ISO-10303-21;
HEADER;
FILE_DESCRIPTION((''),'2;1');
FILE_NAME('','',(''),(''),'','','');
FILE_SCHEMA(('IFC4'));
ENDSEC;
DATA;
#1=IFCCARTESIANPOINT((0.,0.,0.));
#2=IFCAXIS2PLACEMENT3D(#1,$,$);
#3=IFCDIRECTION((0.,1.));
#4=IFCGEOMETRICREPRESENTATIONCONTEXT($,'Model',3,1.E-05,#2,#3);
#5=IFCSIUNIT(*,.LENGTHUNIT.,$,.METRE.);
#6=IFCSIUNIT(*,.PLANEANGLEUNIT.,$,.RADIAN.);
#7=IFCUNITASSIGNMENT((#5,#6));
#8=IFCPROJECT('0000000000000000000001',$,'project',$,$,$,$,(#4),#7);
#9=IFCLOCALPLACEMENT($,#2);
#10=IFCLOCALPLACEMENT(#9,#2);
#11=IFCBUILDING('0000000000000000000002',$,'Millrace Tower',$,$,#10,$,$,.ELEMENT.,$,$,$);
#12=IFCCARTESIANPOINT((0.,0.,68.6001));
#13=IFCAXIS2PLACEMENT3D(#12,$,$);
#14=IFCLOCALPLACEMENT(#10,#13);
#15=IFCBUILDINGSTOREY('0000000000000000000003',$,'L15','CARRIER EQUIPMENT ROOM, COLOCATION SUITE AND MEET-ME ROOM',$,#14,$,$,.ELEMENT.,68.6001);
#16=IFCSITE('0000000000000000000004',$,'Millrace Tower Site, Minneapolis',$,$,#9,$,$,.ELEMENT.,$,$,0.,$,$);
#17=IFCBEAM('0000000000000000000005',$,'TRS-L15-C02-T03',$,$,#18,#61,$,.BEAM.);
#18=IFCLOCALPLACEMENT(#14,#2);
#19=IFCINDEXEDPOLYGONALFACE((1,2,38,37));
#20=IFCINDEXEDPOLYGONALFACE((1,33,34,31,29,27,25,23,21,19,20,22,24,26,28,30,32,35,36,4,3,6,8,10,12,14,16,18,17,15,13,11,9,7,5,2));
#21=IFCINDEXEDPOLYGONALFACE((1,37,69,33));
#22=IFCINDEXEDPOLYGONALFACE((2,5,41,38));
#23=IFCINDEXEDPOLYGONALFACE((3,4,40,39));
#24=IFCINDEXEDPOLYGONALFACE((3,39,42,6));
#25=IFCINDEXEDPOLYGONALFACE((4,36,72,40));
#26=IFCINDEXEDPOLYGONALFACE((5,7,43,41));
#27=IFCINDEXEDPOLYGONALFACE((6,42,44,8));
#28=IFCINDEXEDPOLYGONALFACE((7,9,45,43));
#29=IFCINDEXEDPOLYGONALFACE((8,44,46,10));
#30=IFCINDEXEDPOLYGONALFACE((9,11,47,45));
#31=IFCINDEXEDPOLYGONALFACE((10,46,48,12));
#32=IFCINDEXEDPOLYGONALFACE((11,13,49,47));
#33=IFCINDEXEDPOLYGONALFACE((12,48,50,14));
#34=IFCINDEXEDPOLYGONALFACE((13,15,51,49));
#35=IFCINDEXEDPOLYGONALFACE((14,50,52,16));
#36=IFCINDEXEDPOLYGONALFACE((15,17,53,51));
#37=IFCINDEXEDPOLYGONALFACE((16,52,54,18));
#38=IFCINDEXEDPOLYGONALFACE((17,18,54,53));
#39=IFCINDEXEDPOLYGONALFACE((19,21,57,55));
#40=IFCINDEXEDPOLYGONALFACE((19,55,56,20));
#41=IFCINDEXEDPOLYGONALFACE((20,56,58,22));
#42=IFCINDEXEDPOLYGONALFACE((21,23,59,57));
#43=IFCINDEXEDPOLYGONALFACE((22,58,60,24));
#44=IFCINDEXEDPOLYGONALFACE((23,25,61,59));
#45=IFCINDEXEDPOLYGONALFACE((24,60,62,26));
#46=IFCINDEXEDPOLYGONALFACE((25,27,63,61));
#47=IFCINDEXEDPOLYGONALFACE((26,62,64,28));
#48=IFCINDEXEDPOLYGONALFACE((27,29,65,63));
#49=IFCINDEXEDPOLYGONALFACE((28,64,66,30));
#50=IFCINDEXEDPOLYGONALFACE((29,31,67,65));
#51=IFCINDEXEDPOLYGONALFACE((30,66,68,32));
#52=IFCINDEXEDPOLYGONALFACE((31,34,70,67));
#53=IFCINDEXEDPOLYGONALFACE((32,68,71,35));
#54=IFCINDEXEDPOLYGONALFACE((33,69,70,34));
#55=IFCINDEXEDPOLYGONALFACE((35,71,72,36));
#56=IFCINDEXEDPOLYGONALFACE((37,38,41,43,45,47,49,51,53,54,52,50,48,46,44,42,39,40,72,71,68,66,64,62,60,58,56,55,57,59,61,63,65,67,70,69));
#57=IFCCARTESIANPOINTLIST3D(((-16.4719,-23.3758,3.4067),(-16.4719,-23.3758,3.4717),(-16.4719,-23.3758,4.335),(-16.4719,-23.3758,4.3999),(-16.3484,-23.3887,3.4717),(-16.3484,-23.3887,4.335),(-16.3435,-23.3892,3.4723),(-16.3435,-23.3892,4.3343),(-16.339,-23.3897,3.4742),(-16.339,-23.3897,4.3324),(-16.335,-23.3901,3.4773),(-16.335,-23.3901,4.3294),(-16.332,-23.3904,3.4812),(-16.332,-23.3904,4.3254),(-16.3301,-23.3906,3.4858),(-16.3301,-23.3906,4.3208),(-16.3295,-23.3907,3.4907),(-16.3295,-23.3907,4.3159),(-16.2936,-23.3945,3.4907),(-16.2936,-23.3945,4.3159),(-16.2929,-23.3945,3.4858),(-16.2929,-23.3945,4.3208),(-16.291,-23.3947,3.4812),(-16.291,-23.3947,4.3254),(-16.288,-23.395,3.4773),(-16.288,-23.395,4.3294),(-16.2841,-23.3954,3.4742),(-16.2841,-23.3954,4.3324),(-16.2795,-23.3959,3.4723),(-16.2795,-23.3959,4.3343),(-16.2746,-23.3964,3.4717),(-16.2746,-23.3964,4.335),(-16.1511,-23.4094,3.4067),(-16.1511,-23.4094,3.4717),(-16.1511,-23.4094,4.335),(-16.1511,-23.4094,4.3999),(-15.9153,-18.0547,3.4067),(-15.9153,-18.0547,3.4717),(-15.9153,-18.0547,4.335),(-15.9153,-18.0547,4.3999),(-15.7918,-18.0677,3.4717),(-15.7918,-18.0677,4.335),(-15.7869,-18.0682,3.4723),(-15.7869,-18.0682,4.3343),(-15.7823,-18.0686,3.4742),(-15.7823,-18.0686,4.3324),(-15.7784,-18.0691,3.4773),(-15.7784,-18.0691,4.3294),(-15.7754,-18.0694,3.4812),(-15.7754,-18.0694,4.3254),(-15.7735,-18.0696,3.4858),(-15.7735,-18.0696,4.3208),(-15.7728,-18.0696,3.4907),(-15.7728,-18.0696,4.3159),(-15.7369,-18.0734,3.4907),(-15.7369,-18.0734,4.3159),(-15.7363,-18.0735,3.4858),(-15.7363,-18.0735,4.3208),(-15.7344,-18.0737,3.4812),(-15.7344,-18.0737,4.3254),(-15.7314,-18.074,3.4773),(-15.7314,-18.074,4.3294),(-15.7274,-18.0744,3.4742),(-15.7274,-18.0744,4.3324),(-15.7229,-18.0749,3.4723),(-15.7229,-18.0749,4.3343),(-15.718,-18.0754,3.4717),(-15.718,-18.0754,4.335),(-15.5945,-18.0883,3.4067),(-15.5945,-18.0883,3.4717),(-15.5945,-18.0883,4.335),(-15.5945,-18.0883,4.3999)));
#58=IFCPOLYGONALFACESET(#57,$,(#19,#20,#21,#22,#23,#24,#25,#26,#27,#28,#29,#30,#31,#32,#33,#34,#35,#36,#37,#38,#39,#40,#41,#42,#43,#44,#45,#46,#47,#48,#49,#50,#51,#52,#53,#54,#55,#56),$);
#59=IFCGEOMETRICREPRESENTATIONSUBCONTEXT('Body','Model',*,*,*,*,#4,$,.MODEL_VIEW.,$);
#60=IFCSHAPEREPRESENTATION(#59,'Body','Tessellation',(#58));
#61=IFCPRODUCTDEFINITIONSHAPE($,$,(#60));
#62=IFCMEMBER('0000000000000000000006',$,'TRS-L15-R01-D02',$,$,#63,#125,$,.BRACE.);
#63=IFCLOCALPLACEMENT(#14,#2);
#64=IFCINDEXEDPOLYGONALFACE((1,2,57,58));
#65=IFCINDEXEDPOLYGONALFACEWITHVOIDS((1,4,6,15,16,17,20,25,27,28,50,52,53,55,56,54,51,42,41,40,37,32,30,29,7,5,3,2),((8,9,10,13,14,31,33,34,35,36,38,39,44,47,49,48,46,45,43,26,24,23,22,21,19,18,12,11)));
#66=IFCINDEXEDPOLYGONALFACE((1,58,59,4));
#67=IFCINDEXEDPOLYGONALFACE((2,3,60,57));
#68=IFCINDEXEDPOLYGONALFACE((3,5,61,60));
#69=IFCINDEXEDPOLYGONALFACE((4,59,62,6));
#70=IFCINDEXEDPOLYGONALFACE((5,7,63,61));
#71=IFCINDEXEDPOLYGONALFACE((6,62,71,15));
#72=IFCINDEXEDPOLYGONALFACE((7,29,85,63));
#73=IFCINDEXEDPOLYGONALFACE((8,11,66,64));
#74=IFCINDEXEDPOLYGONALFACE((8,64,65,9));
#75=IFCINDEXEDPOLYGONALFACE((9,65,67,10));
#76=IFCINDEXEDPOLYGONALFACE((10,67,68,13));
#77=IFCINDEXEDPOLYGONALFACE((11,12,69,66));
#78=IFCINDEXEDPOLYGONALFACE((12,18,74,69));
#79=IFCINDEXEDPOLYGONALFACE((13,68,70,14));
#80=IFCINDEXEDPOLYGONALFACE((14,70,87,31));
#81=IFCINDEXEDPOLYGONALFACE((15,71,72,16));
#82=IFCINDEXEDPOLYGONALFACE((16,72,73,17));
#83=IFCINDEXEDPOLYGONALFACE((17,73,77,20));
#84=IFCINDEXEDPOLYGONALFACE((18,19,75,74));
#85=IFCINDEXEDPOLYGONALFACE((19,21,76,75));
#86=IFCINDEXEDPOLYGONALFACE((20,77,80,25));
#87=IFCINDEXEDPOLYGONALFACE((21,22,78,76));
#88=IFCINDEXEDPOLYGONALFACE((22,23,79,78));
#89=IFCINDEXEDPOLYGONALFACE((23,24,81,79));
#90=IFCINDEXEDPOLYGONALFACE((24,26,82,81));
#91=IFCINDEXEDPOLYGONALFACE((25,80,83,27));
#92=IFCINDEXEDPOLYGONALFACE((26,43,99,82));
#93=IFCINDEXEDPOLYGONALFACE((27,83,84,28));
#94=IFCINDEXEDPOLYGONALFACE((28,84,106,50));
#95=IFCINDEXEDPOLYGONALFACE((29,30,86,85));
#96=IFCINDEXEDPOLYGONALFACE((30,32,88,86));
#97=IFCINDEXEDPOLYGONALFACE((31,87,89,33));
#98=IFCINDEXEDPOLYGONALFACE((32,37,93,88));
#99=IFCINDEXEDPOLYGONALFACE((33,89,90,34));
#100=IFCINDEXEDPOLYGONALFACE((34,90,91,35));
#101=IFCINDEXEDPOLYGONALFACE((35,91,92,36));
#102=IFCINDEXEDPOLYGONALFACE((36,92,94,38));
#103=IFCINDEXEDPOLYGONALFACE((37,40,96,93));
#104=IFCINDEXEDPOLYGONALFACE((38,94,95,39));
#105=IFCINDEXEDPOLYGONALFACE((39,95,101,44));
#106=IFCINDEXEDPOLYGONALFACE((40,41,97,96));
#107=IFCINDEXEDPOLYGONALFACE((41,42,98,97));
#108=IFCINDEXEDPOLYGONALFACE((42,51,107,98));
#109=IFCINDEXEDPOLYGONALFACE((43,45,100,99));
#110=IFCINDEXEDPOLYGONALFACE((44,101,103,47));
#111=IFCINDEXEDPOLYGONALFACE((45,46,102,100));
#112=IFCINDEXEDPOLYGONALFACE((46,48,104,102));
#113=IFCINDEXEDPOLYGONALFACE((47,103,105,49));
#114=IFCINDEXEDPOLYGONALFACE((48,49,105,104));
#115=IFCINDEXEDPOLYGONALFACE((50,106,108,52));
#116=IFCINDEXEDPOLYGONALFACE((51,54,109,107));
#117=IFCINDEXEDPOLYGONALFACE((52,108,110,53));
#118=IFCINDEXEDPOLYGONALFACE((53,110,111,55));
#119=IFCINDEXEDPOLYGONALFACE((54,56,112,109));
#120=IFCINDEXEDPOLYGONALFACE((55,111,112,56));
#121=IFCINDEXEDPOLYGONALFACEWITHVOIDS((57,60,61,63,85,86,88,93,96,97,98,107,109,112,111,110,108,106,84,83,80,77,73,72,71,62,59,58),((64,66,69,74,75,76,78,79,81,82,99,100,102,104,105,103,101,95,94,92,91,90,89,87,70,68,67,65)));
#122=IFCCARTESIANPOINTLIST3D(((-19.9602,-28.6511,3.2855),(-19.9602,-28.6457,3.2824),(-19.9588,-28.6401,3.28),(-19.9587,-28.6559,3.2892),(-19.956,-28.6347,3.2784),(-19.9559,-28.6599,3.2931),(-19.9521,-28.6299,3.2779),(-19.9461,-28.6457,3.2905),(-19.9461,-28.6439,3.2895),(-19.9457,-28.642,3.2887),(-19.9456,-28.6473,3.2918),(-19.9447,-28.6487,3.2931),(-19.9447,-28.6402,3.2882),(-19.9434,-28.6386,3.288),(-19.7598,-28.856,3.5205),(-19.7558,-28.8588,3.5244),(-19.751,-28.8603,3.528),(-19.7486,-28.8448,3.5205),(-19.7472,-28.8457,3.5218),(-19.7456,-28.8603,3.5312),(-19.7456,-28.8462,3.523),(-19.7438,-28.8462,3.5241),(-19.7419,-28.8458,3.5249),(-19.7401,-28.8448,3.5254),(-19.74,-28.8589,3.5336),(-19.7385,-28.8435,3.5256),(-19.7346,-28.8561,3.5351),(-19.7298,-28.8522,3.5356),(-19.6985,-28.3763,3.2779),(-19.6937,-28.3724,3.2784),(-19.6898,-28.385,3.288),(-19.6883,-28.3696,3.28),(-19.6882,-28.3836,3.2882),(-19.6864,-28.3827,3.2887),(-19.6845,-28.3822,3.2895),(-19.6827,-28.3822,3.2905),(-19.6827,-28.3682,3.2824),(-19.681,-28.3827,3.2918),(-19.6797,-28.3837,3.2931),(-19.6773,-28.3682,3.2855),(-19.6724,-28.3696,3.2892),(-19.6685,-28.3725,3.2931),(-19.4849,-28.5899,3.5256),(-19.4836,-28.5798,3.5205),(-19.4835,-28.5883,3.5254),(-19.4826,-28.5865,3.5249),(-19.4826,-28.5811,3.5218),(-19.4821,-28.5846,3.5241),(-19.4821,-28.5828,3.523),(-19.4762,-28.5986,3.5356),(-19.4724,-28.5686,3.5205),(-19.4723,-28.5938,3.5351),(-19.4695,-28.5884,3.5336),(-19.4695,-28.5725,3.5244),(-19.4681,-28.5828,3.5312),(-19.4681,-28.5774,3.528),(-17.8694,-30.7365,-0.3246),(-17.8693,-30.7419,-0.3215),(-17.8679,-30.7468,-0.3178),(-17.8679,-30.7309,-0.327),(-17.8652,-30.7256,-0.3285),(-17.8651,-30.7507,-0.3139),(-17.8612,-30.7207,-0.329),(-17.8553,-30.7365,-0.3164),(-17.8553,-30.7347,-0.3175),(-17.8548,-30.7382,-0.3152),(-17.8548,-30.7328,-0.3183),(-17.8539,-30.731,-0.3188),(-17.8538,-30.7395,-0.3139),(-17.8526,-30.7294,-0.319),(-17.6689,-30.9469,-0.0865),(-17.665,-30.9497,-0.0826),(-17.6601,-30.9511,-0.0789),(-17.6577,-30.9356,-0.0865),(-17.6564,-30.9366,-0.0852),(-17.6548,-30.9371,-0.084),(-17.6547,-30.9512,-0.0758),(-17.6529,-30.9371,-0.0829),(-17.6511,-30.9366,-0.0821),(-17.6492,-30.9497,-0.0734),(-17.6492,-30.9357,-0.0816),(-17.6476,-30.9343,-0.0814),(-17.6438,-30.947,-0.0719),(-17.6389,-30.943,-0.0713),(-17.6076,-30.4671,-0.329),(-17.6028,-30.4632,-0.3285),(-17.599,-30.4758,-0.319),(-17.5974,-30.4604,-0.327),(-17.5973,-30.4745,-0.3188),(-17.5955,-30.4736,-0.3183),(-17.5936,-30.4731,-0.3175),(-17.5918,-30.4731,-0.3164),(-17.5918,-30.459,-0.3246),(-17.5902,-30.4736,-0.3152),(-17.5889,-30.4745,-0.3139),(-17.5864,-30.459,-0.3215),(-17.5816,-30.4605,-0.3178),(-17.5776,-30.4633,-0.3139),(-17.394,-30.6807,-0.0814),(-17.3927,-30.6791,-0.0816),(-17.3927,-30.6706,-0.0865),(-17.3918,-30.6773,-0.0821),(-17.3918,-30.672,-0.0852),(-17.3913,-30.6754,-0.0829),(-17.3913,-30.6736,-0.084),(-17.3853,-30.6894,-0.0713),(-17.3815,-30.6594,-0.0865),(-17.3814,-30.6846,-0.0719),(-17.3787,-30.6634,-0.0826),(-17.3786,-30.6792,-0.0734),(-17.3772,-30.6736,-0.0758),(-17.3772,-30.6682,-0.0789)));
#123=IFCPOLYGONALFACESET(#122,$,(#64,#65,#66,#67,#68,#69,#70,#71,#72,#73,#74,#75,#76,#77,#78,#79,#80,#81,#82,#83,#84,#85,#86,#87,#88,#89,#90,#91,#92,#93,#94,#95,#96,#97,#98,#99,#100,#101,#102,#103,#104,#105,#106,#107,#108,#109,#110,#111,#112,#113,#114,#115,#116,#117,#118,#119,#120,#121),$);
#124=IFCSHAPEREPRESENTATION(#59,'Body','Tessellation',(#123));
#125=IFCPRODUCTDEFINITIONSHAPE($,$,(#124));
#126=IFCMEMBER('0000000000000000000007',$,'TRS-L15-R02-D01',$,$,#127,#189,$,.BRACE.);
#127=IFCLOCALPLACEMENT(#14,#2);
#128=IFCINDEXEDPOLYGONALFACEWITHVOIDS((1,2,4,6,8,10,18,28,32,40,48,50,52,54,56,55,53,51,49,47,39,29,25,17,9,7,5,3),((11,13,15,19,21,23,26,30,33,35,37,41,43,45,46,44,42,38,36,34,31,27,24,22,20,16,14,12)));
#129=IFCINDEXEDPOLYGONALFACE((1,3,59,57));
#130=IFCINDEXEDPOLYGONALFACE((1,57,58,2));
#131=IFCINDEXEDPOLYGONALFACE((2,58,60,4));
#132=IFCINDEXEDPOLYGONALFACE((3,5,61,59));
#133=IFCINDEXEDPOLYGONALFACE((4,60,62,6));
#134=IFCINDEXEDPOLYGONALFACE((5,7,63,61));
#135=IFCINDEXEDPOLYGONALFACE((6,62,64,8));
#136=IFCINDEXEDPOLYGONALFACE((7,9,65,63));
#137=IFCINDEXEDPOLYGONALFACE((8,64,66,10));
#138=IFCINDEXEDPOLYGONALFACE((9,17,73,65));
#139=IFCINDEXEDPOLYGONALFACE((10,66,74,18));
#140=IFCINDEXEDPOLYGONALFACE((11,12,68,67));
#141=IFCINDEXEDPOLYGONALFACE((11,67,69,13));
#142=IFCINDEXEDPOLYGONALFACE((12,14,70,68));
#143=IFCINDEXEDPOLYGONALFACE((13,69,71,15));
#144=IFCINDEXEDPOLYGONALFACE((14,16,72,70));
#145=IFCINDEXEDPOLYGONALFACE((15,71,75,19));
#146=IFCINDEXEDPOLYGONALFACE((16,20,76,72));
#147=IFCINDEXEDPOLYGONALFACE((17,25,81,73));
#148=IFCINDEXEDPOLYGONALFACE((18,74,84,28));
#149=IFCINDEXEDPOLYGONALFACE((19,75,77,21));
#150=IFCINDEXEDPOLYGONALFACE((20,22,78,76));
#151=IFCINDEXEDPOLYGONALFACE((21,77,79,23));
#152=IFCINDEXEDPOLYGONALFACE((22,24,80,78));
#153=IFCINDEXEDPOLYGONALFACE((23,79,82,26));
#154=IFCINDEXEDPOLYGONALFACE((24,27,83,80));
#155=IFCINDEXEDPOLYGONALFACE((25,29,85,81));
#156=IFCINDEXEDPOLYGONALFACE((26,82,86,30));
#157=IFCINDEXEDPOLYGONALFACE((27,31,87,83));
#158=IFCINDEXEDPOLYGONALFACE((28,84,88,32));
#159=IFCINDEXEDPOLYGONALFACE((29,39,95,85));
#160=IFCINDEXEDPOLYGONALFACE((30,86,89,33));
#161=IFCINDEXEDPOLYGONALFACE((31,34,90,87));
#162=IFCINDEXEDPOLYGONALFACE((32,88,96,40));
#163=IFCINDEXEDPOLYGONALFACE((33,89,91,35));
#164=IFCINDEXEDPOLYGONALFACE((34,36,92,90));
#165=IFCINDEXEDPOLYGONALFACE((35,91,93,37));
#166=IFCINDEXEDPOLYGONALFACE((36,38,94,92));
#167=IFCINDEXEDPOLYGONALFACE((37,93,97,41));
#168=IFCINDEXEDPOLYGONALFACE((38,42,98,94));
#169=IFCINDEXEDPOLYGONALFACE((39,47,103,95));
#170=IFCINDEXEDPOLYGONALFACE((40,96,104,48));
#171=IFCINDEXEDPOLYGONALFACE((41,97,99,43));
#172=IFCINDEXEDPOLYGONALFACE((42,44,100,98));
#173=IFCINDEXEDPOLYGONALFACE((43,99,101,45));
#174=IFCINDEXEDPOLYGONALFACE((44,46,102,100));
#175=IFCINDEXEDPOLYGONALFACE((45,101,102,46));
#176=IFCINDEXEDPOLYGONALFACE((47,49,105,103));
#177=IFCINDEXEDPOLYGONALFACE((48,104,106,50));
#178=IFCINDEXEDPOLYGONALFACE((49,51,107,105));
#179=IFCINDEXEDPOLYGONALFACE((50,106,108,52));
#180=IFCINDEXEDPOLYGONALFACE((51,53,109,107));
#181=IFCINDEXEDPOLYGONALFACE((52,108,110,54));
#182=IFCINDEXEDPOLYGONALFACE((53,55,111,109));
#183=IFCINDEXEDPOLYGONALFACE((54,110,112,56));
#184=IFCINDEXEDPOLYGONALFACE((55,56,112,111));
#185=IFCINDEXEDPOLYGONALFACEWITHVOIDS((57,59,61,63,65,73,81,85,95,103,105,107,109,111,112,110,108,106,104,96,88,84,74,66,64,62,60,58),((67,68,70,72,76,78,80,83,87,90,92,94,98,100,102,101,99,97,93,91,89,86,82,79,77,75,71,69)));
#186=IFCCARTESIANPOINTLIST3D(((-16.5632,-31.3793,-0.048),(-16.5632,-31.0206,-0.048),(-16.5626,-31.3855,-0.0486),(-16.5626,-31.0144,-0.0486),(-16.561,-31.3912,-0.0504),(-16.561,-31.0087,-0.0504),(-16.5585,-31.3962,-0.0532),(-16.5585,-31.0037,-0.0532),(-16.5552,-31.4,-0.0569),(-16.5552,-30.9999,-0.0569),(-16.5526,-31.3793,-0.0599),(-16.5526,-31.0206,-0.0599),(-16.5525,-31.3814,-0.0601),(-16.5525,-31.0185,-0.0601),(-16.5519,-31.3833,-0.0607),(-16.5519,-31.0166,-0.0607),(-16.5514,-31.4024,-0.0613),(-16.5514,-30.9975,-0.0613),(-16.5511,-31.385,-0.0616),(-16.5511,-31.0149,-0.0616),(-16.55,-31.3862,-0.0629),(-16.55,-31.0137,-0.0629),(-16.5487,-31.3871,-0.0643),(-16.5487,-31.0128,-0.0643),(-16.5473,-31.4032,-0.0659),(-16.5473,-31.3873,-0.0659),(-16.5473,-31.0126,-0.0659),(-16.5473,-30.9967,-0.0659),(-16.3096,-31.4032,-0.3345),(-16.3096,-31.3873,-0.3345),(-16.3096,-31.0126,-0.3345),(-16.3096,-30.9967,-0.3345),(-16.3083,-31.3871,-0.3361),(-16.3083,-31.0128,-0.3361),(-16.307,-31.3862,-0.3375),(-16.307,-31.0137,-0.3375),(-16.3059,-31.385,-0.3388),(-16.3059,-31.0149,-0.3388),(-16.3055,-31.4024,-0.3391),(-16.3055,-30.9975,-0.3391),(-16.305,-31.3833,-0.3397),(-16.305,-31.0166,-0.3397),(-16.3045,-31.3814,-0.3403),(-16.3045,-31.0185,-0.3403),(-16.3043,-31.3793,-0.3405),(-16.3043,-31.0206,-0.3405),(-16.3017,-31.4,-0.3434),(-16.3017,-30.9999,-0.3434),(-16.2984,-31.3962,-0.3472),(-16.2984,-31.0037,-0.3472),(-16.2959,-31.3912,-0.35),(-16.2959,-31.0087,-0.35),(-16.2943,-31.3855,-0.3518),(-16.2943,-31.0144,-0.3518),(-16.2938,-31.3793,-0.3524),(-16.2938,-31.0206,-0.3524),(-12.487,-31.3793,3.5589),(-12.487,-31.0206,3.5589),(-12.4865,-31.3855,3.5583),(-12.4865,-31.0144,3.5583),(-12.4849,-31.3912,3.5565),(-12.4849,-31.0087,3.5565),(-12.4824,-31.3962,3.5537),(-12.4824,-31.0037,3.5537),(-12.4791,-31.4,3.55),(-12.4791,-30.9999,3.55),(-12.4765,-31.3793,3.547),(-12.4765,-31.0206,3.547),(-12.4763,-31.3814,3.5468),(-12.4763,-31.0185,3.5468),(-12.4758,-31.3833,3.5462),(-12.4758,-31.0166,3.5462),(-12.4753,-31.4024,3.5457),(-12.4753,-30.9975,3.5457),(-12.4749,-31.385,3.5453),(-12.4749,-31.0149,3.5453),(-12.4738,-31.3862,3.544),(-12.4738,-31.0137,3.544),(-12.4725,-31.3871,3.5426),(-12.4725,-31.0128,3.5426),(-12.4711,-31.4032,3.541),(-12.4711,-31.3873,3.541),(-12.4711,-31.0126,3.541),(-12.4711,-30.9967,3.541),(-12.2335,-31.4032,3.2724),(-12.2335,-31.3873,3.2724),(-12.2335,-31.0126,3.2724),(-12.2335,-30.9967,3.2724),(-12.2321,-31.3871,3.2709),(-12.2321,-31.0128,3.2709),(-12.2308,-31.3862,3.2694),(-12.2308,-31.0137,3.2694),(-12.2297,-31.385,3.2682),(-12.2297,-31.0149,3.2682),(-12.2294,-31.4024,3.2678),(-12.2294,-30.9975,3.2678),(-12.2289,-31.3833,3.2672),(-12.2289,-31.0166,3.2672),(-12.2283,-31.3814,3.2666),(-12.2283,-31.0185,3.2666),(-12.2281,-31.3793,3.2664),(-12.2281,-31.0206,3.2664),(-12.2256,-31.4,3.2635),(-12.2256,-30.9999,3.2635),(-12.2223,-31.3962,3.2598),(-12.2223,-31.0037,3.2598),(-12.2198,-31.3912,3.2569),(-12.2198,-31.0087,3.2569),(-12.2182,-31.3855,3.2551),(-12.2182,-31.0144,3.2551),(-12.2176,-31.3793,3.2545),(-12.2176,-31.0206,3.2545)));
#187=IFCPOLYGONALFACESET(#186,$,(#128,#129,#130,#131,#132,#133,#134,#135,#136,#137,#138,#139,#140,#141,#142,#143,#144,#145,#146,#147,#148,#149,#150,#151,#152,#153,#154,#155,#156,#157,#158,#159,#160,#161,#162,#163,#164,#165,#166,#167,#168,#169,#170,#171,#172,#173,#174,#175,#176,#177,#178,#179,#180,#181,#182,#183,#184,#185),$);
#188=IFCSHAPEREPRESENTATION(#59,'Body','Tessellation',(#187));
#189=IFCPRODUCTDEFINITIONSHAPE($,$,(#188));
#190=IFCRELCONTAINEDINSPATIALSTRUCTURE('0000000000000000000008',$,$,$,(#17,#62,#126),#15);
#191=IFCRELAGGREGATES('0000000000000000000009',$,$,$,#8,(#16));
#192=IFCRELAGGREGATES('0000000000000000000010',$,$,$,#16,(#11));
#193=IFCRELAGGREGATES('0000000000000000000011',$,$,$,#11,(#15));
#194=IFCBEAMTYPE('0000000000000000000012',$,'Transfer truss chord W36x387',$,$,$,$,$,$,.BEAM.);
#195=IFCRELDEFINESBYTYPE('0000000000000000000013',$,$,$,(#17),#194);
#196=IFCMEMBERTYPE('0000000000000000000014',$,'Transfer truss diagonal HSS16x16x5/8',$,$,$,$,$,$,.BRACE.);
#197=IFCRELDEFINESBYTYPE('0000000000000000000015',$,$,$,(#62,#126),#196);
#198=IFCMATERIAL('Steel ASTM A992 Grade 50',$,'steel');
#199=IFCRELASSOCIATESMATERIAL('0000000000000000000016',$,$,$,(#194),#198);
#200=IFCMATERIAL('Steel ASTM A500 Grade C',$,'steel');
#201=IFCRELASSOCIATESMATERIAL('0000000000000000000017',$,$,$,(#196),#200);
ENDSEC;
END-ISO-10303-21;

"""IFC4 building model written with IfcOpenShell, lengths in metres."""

from ifc_helpers import new_model, si_unit, direction, frame, origin, origin_2d, place, context, subcontext, project, spatial, hollow_rectangle, i_section, extrude, material, material_profile, profile_set, type_object, element, save


model = new_model("IFC4")

# Units and contexts
model_context = context("Model", 3, precision=1e-05, world=origin(), true_north=direction((0.0, 1.0)))
body_context = subcontext(model_context, "Body", "Model", "MODEL_VIEW")
ifc_project = project(units=[si_unit("LENGTHUNIT", "METRE"), si_unit("PLANEANGLEUNIT", "RADIAN")], contexts=[model_context])

# Site, building, storey
site_placement = place(None, origin())
site = spatial("IfcSite", under=ifc_project, at=site_placement, Name="Millrace Tower Site, Minneapolis", CompositionType="ELEMENT", RefElevation=0.0)
building_placement = place(site_placement, origin())
building = spatial("IfcBuilding", under=site, at=building_placement, Name="Millrace Tower", CompositionType="ELEMENT")
storey_placement = place(building_placement, frame((0.0, 0.0, 68.6001)))
storey = spatial("IfcBuildingStorey", under=building, at=storey_placement, Name="L15", Description="CARRIER EQUIPMENT ROOM, COLOCATION SUITE AND MEET-ME ROOM", CompositionType="ELEMENT", Elevation=68.6001)

# Beam
ifc_material_1 = material(Name="Steel ASTM A992 Grade 50", Category="steel")
ifc_material_profile_1 = material_profile(ifc_material_1, i_section(OverallWidth=0.3225, OverallDepth=0.9932, WebThickness=0.0361, FlangeThickness=0.0649, FilletRadius=0.019, at=origin_2d()))
ifc_profile_set_1 = profile_set([ifc_material_profile_1], Name="Steel ASTM A992 Grade 50")
beam_type_1 = type_object("IfcBeamType", Name="Transfer truss chord W36x387", PredefinedType="BEAM", material=ifc_profile_set_1)
for number, where, z_axis, x_axis, name in (
    (1, (-16.3115, -23.3926, 3.9033), (0.104043, 0.994573, 0.0), (-0.994573, 0.104043, 0.0), "TRS-L15-C02-T03"),
):
    element("IfcBeam", number, at=place(storey_placement, frame(where, z_axis=z_axis, x_axis=x_axis)), inside=storey, type_object=beam_type_1, Name=name, PredefinedType="BEAM", context=body_context, shape_type="SweptSolid", body=[
        extrude(i_section(OverallWidth=0.3225, OverallDepth=0.9932, WebThickness=0.0361, FlangeThickness=0.0649, FilletRadius=0.019, at=origin_2d()), origin(), (0.0, 0.0, 1.0), 5.3501),
    ])

# Members
ifc_material_2 = material(Name="Steel ASTM A500 Grade C", Category="steel")
ifc_material_profile_2 = material_profile(ifc_material_2, hollow_rectangle(XDim=0.4065, YDim=0.4065, WallThickness=0.0159, InnerFilletRadius=0.0081, OuterFilletRadius=0.0239, at=origin_2d()))
ifc_profile_set_2 = profile_set([ifc_material_profile_2], Name="Steel ASTM A500 Grade C")
member_type_1 = type_object("IfcMemberType", Name="Transfer truss diagonal HSS16x16x5/8", PredefinedType="BRACE", material=ifc_profile_set_2)
member_1_placement = place(storey_placement, frame((-17.6233, -30.7051, -0.2002), z_axis=(-0.448288, 0.448288, 0.773354), x_axis=(-0.707107, -0.707107, 0.0)))
element("IfcMember", 2, at=member_1_placement, inside=storey, type_object=member_type_1, Name="TRS-L15-R01-D02", PredefinedType="BRACE", context=body_context, shape_type="SweptSolid", body=[
    extrude(hollow_rectangle(XDim=0.4065, YDim=0.4065, WallThickness=0.0159, InnerFilletRadius=0.0081, OuterFilletRadius=0.0239, at=origin_2d()), origin(), (0.0, 0.0, 1.0), 4.6641),
])
member_2_placement = place(storey_placement, frame((-16.4285, -31.2, -0.2002), z_axis=(0.748897, 0.0, 0.662686), x_axis=(0.0, 1.0, 0.0)))
element("IfcMember", 3, at=member_2_placement, inside=storey, type_object=member_type_1, Name="TRS-L15-R02-D01", PredefinedType="BRACE", context=body_context, shape_type="SweptSolid", body=[
    extrude(hollow_rectangle(XDim=0.4065, YDim=0.4065, WallThickness=0.0159, InnerFilletRadius=0.0081, OuterFilletRadius=0.0239, at=origin_2d()), origin(), (0.0, 0.0, 1.0), 5.4429),
])

save(model, "model.ifc")
